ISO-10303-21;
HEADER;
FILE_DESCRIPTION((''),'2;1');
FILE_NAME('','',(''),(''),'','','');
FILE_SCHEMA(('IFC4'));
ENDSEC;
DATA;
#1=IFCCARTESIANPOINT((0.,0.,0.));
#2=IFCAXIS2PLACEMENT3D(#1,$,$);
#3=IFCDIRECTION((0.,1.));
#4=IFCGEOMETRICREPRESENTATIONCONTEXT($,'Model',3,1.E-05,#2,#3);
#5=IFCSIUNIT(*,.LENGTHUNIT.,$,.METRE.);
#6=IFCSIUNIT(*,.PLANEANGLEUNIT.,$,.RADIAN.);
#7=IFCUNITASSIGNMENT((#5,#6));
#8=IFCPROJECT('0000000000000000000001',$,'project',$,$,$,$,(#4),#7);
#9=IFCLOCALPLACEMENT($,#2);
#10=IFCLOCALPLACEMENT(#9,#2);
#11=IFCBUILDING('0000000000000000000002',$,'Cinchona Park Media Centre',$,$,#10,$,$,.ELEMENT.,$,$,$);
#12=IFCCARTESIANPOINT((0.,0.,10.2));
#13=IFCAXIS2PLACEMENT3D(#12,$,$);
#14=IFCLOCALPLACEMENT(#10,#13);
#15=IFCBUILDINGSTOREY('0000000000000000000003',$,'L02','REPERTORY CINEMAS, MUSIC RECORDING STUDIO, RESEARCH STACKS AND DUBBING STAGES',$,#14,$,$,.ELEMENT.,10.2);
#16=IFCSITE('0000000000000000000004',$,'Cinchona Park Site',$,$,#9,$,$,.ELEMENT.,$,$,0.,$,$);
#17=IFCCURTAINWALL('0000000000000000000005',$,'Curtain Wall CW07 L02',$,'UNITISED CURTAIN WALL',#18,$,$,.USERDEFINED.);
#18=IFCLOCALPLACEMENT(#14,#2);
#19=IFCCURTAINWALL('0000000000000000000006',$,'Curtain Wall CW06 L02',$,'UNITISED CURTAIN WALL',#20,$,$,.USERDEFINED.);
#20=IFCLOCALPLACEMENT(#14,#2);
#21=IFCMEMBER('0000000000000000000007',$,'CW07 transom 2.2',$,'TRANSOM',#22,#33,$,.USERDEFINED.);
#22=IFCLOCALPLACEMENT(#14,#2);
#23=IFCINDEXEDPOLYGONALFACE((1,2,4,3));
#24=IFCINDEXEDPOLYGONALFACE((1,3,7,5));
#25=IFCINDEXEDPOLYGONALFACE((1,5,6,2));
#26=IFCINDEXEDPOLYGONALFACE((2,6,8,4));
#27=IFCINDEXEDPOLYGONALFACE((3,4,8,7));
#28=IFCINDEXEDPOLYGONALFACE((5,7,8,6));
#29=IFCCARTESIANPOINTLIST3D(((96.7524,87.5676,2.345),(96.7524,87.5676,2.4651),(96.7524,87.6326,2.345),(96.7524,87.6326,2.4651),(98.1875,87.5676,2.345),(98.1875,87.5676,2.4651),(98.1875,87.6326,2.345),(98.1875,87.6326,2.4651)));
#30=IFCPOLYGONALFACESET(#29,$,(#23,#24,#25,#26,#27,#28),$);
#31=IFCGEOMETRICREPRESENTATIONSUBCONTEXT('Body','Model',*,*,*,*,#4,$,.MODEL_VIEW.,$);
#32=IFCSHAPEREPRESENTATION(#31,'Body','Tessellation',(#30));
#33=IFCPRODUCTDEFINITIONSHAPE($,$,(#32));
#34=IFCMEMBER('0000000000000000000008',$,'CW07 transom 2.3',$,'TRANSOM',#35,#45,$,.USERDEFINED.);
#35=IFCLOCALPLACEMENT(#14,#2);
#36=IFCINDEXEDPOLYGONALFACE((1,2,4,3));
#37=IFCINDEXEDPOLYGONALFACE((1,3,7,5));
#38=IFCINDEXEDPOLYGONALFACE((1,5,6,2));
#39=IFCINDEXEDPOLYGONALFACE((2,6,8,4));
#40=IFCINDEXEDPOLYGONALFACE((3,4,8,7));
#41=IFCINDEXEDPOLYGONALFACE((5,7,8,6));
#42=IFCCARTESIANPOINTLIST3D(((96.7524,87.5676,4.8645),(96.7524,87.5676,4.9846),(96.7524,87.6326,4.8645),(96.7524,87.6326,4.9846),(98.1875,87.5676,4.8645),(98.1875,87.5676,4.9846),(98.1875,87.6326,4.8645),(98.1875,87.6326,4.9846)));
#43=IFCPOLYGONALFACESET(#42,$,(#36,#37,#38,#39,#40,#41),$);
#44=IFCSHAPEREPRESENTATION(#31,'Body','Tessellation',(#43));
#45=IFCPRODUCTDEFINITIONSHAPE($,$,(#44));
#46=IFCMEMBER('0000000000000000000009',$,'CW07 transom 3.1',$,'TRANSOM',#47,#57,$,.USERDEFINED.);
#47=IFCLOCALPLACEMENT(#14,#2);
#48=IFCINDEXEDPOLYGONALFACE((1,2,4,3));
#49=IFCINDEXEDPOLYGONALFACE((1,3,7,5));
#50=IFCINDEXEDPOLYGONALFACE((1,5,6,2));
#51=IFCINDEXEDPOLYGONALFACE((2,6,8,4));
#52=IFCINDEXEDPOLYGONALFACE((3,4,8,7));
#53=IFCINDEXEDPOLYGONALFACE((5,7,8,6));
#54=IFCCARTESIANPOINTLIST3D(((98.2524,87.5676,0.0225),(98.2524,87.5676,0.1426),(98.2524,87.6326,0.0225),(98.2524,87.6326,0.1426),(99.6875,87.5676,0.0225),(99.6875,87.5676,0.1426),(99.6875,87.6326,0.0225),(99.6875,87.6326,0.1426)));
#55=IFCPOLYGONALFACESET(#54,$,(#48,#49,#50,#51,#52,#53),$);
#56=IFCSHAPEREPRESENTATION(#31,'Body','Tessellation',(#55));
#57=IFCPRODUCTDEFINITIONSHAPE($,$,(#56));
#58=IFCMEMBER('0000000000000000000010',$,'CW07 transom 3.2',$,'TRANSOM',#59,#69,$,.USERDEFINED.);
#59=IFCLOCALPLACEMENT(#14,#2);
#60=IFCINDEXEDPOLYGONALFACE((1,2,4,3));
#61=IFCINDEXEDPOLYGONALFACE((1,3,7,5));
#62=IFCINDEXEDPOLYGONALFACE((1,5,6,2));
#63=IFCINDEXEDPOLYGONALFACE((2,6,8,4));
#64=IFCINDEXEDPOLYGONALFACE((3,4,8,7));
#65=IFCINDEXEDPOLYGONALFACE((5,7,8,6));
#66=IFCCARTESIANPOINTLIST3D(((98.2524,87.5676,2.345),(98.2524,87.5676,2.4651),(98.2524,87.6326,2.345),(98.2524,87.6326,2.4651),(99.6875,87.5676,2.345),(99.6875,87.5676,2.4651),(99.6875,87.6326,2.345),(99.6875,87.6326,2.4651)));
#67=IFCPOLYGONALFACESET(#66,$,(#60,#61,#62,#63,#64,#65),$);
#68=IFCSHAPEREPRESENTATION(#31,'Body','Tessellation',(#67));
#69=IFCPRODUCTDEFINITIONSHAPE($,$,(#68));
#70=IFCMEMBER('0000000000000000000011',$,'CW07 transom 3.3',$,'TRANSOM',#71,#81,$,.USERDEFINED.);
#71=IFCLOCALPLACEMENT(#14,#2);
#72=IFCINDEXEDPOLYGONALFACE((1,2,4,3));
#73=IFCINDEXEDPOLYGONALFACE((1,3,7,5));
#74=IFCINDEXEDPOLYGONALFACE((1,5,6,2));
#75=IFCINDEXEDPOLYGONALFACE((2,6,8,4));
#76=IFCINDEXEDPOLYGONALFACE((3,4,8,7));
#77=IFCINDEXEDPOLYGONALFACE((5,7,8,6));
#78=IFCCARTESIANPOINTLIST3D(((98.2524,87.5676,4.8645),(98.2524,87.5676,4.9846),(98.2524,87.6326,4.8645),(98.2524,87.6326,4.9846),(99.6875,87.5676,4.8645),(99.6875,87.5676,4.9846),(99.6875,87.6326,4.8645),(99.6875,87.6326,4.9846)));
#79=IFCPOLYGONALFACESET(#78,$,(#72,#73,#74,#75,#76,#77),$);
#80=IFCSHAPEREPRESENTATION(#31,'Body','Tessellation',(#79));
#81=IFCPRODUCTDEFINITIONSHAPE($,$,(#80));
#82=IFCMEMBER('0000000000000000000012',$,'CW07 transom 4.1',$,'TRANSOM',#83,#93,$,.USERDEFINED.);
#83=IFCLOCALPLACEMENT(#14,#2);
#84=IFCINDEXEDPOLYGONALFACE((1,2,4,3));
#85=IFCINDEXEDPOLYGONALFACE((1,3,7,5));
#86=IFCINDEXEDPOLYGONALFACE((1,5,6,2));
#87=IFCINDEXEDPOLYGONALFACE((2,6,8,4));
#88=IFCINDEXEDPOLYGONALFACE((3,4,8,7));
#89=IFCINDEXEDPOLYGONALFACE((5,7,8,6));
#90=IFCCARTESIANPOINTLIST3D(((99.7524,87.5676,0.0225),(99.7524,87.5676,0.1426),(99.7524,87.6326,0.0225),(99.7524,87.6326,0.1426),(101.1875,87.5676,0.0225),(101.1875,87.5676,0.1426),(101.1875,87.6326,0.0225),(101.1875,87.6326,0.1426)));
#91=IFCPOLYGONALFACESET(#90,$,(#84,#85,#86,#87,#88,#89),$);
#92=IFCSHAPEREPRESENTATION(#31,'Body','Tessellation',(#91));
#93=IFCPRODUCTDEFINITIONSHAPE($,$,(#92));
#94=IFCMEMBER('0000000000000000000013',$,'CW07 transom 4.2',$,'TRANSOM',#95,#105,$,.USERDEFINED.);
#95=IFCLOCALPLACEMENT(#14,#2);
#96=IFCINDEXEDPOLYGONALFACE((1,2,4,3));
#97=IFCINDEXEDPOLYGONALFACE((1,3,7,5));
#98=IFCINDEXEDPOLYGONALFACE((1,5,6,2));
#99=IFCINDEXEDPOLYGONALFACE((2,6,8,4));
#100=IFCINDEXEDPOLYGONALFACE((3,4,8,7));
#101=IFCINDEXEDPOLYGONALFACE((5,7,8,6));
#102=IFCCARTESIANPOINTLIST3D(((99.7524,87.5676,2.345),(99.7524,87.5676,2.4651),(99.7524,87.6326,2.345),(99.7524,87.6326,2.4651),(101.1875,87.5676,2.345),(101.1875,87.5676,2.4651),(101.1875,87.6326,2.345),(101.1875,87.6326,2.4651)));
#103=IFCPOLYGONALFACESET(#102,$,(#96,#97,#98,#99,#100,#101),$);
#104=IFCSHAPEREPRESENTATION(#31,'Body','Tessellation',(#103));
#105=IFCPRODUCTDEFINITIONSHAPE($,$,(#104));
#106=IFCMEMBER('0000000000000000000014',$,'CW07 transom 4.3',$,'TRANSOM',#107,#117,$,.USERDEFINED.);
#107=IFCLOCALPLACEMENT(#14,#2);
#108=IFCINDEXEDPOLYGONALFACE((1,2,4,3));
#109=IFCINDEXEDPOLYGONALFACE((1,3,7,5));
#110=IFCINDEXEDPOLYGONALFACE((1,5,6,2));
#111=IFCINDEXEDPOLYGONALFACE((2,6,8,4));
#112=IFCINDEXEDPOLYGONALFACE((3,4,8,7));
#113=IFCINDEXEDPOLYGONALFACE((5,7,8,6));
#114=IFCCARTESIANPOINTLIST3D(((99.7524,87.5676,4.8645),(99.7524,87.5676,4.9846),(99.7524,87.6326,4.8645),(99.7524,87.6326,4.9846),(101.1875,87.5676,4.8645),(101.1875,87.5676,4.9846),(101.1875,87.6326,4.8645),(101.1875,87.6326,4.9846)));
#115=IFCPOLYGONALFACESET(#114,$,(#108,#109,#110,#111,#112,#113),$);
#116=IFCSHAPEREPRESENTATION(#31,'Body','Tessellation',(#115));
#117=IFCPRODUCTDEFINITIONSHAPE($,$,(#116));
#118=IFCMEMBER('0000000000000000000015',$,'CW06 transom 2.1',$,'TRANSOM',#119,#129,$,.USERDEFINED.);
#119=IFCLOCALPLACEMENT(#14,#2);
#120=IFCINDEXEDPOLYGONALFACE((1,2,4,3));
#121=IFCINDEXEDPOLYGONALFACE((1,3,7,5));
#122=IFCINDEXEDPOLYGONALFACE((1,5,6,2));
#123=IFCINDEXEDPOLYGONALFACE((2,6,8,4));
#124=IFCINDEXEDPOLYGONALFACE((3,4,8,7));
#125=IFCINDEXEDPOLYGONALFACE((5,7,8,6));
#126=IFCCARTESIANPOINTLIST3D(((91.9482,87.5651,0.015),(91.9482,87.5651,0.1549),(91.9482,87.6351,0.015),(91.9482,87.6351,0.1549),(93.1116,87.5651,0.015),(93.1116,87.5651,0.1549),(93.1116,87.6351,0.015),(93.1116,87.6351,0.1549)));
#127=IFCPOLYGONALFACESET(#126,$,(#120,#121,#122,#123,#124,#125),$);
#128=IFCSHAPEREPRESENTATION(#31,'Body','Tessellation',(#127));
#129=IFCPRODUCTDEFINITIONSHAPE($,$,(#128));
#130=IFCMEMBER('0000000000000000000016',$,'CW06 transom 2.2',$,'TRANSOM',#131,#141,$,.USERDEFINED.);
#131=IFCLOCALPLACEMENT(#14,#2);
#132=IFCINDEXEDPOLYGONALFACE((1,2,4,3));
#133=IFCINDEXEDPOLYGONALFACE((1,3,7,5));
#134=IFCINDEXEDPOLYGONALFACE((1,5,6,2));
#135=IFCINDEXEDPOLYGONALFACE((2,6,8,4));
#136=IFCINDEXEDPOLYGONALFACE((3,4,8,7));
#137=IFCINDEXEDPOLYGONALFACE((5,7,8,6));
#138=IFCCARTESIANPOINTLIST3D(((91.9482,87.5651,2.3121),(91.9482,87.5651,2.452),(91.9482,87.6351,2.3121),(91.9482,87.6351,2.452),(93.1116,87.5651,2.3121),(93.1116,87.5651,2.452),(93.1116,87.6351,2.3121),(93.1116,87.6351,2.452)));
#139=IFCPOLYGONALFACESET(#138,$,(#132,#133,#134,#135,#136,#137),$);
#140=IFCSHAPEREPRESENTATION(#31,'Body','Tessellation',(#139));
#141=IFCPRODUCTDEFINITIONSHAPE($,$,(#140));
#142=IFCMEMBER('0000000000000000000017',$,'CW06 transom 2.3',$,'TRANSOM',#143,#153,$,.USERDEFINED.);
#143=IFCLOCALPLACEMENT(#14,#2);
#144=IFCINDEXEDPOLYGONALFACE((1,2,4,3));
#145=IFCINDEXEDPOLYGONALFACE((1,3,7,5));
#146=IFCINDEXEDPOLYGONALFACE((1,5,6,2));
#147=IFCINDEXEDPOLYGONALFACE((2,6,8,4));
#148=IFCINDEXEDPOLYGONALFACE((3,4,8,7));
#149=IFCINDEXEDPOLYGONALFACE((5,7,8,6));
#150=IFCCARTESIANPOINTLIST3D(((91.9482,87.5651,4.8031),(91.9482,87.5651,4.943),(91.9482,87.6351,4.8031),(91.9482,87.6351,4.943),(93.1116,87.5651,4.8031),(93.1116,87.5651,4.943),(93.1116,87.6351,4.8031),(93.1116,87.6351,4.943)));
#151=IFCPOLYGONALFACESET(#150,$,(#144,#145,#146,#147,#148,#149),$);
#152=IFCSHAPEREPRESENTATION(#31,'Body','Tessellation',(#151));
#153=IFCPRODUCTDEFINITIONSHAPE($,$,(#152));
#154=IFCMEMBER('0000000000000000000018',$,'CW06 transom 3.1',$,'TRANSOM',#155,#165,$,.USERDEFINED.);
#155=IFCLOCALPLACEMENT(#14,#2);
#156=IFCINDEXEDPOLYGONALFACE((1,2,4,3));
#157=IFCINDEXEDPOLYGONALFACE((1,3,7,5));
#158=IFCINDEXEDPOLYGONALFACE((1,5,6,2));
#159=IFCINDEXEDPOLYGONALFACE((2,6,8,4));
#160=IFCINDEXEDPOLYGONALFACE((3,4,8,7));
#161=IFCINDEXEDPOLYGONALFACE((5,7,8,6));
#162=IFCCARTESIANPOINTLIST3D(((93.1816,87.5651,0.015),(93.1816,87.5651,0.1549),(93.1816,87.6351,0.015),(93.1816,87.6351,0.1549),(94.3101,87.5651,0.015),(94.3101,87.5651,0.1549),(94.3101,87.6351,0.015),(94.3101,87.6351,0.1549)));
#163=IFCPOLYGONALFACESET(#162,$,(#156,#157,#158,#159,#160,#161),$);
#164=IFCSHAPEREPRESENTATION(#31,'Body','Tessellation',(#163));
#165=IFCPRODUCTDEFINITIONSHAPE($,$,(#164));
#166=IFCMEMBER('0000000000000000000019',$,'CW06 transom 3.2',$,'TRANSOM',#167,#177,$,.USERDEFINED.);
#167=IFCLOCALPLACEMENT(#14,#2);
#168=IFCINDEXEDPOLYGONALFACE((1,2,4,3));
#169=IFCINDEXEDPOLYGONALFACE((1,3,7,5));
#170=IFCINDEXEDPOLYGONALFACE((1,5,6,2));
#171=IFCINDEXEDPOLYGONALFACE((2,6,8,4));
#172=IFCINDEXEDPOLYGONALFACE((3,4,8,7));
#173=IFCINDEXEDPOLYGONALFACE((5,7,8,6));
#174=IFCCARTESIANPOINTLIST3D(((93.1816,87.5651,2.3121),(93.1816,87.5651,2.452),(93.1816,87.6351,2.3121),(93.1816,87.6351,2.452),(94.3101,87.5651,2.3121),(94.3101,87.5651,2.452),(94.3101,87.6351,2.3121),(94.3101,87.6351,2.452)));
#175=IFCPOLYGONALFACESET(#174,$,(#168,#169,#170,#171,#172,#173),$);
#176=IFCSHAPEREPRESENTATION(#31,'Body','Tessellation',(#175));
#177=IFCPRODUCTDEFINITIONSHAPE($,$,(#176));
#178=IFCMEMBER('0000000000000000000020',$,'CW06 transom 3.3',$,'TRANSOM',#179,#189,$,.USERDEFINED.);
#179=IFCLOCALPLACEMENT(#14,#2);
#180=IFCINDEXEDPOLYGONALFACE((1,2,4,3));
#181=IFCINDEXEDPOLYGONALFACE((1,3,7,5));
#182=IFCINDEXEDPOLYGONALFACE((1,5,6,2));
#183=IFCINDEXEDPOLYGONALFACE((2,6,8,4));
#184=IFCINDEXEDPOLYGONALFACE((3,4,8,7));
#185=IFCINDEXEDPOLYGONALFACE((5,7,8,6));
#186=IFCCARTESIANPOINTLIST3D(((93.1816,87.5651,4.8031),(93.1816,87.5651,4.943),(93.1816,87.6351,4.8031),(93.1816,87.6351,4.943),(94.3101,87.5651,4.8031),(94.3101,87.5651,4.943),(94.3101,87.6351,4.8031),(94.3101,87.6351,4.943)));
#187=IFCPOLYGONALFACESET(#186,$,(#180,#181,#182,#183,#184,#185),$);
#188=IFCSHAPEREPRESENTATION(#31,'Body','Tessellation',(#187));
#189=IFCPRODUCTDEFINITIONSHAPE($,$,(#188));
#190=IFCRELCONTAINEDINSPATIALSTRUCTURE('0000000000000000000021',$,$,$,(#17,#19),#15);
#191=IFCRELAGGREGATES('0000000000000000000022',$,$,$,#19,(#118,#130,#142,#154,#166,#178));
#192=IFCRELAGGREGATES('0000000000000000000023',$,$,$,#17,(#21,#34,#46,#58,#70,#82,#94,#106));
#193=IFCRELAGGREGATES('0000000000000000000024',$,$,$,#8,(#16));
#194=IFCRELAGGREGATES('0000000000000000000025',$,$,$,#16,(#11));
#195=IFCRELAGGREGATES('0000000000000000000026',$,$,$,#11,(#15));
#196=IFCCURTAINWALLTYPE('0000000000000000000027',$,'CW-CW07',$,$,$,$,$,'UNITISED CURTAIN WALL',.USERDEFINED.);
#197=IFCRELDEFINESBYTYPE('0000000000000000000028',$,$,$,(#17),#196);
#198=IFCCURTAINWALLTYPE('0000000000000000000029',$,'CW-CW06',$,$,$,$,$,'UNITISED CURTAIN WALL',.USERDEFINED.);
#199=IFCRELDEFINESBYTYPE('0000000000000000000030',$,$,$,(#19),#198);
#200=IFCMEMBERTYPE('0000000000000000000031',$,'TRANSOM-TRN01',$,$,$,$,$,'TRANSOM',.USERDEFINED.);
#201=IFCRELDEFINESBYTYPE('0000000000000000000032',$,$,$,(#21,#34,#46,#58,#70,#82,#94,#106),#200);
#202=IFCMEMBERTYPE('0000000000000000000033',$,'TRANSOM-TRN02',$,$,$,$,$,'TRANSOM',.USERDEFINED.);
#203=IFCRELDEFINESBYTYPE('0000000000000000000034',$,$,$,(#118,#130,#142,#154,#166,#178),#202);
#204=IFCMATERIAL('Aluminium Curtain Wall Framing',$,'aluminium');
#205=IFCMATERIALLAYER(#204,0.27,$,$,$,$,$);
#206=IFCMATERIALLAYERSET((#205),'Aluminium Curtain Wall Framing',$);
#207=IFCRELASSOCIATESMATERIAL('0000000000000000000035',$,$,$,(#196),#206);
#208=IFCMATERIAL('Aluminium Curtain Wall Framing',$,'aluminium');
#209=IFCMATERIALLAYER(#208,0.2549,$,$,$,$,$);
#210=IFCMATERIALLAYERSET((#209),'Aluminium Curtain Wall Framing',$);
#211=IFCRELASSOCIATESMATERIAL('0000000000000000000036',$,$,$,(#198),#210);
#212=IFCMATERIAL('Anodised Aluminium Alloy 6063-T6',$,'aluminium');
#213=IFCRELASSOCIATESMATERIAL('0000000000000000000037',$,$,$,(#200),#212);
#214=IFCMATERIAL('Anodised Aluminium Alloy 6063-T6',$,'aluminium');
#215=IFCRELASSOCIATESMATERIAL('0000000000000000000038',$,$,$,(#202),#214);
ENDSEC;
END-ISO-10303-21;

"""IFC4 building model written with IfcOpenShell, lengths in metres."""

from ifc_helpers import new_model, si_unit, direction, frame, origin, origin_2d, place, context, subcontext, project, spatial, rectangle, extrude, material, layer, layer_set, material_profile, profile_set, type_object, element, aggregate, save


model = new_model("IFC4")

# Units and contexts
model_context = context("Model", 3, precision=1e-05, world=origin(), true_north=direction((0.0, 1.0)))
body_context = subcontext(model_context, "Body", "Model", "MODEL_VIEW")
ifc_project = project(units=[si_unit("LENGTHUNIT", "METRE"), si_unit("PLANEANGLEUNIT", "RADIAN")], contexts=[model_context])

# Site, building, storey
site_placement = place(None, origin())
site = spatial("IfcSite", under=ifc_project, at=site_placement, Name="Cinchona Park Site", CompositionType="ELEMENT", RefElevation=0.0)
building_placement = place(site_placement, origin())
building = spatial("IfcBuilding", under=site, at=building_placement, Name="Cinchona Park Media Centre", CompositionType="ELEMENT")
storey_placement = place(building_placement, frame((0.0, 0.0, 10.2)))
storey = spatial("IfcBuildingStorey", under=building, at=storey_placement, Name="L02", Description="REPERTORY CINEMAS, MUSIC RECORDING STUDIO, RESEARCH STACKS AND DUBBING STAGES", CompositionType="ELEMENT", Elevation=10.2)

# Curtain walls
ifc_material_1 = material(Name="Aluminium Curtain Wall Framing", Category="aluminium")
ifc_layer_1 = layer(ifc_material_1, 0.27)
ifc_layer_set_1 = layer_set([ifc_layer_1], Name="Aluminium Curtain Wall Framing")
curtain_wall_type_1 = type_object("IfcCurtainWallType", Name="CW-CW07", ElementType="UNITISED CURTAIN WALL", PredefinedType="USERDEFINED", material=ifc_layer_set_1)
curtain_wall_1_placement = place(storey_placement, origin())
curtain_wall_1 = element("IfcCurtainWall", 1, at=curtain_wall_1_placement, inside=storey, type_object=curtain_wall_type_1, Name="Curtain Wall CW07 L02", ObjectType="UNITISED CURTAIN WALL", PredefinedType="USERDEFINED")
ifc_material_2 = material(Name="Aluminium Curtain Wall Framing", Category="aluminium")
ifc_layer_2 = layer(ifc_material_2, 0.2549)
ifc_layer_set_2 = layer_set([ifc_layer_2], Name="Aluminium Curtain Wall Framing")
curtain_wall_type_2 = type_object("IfcCurtainWallType", Name="CW-CW06", ElementType="UNITISED CURTAIN WALL", PredefinedType="USERDEFINED", material=ifc_layer_set_2)
curtain_wall_2_placement = place(storey_placement, origin())
curtain_wall_2 = element("IfcCurtainWall", 2, at=curtain_wall_2_placement, inside=storey, type_object=curtain_wall_type_2, Name="Curtain Wall CW06 L02", ObjectType="UNITISED CURTAIN WALL", PredefinedType="USERDEFINED")

# Members
ifc_material_3 = material(Name="Anodised Aluminium Alloy 6063-T6", Category="aluminium")
ifc_material_profile_1 = material_profile(ifc_material_3, rectangle(XDim=0.0649, YDim=0.1201, at=origin_2d()), Name="TRN-65X120")
ifc_profile_set_1 = profile_set([ifc_material_profile_1], Name="Anodised Aluminium Alloy 6063-T6")
member_type_1 = type_object("IfcMemberType", Name="TRANSOM-TRN01", ElementType="TRANSOM", PredefinedType="USERDEFINED", material=ifc_profile_set_1)
member_1_placement = place(storey_placement, frame((96.7524, 87.6001, 2.405), z_axis=(1.0, 0.0, 0.0), x_axis=(0.0, 1.0, 0.0)))
member_1 = element("IfcMember", 3, at=member_1_placement, type_object=member_type_1, Name="CW07 transom 2.2", ObjectType="TRANSOM", PredefinedType="USERDEFINED", context=body_context, shape_type="SweptSolid", body=[
    extrude(rectangle(XDim=0.0649, YDim=0.1201, at=origin_2d()), origin(), (0.0, 0.0, 1.0), 1.4351),
])
member_2_placement = place(storey_placement, frame((96.7524, 87.6001, 4.9246), z_axis=(1.0, 0.0, 0.0), x_axis=(0.0, 1.0, 0.0)))
member_2 = element("IfcMember", 4, at=member_2_placement, type_object=member_type_1, Name="CW07 transom 2.3", ObjectType="TRANSOM", PredefinedType="USERDEFINED", context=body_context, shape_type="SweptSolid", body=[
    extrude(rectangle(XDim=0.0649, YDim=0.1201, at=origin_2d()), origin(), (0.0, 0.0, 1.0), 1.4351),
])
member_3_placement = place(storey_placement, frame((98.2524, 87.6001, 0.0825), z_axis=(1.0, 0.0, 0.0), x_axis=(0.0, 1.0, 0.0)))
member_3 = element("IfcMember", 5, at=member_3_placement, type_object=member_type_1, Name="CW07 transom 3.1", ObjectType="TRANSOM", PredefinedType="USERDEFINED", context=body_context, shape_type="SweptSolid", body=[
    extrude(rectangle(XDim=0.0649, YDim=0.1201, at=origin_2d()), origin(), (0.0, 0.0, 1.0), 1.4351),
])
member_4_placement = place(storey_placement, frame((98.2524, 87.6001, 2.405), z_axis=(1.0, 0.0, 0.0), x_axis=(0.0, 1.0, 0.0)))
member_4 = element("IfcMember", 6, at=member_4_placement, type_object=member_type_1, Name="CW07 transom 3.2", ObjectType="TRANSOM", PredefinedType="USERDEFINED", context=body_context, shape_type="SweptSolid", body=[
    extrude(rectangle(XDim=0.0649, YDim=0.1201, at=origin_2d()), origin(), (0.0, 0.0, 1.0), 1.4351),
])
member_5_placement = place(storey_placement, frame((98.2524, 87.6001, 4.9246), z_axis=(1.0, 0.0, 0.0), x_axis=(0.0, 1.0, 0.0)))
member_5 = element("IfcMember", 7, at=member_5_placement, type_object=member_type_1, Name="CW07 transom 3.3", ObjectType="TRANSOM", PredefinedType="USERDEFINED", context=body_context, shape_type="SweptSolid", body=[
    extrude(rectangle(XDim=0.0649, YDim=0.1201, at=origin_2d()), origin(), (0.0, 0.0, 1.0), 1.4351),
])
member_6_placement = place(storey_placement, frame((99.7524, 87.6001, 0.0825), z_axis=(1.0, 0.0, 0.0), x_axis=(0.0, 1.0, 0.0)))
member_6 = element("IfcMember", 8, at=member_6_placement, type_object=member_type_1, Name="CW07 transom 4.1", ObjectType="TRANSOM", PredefinedType="USERDEFINED", context=body_context, shape_type="SweptSolid", body=[
    extrude(rectangle(XDim=0.0649, YDim=0.1201, at=origin_2d()), origin(), (0.0, 0.0, 1.0), 1.4351),
])
member_7_placement = place(storey_placement, frame((99.7524, 87.6001, 2.405), z_axis=(1.0, 0.0, 0.0), x_axis=(0.0, 1.0, 0.0)))
member_7 = element("IfcMember", 9, at=member_7_placement, type_object=member_type_1, Name="CW07 transom 4.2", ObjectType="TRANSOM", PredefinedType="USERDEFINED", context=body_context, shape_type="SweptSolid", body=[
    extrude(rectangle(XDim=0.0649, YDim=0.1201, at=origin_2d()), origin(), (0.0, 0.0, 1.0), 1.4351),
])
member_8_placement = place(storey_placement, frame((99.7524, 87.6001, 4.9246), z_axis=(1.0, 0.0, 0.0), x_axis=(0.0, 1.0, 0.0)))
member_8 = element("IfcMember", 10, at=member_8_placement, type_object=member_type_1, Name="CW07 transom 4.3", ObjectType="TRANSOM", PredefinedType="USERDEFINED", context=body_context, shape_type="SweptSolid", body=[
    extrude(rectangle(XDim=0.0649, YDim=0.1201, at=origin_2d()), origin(), (0.0, 0.0, 1.0), 1.4351),
])
ifc_material_4 = material(Name="Anodised Aluminium Alloy 6063-T6", Category="aluminium")
ifc_material_profile_2 = material_profile(ifc_material_4, rectangle(XDim=0.0701, YDim=0.1399, at=origin_2d()), Name="TRN-70X140")
ifc_profile_set_2 = profile_set([ifc_material_profile_2], Name="Anodised Aluminium Alloy 6063-T6")
member_type_2 = type_object("IfcMemberType", Name="TRANSOM-TRN02", ElementType="TRANSOM", PredefinedType="USERDEFINED", material=ifc_profile_set_2)
member_9_placement = place(storey_placement, frame((91.9482, 87.6001, 0.085), z_axis=(1.0, 0.0, 0.0), x_axis=(0.0, 1.0, 0.0)))
member_9 = element("IfcMember", 11, at=member_9_placement, type_object=member_type_2, Name="CW06 transom 2.1", ObjectType="TRANSOM", PredefinedType="USERDEFINED", context=body_context, shape_type="SweptSolid", body=[
    extrude(rectangle(XDim=0.0701, YDim=0.1399, at=origin_2d()), origin(), (0.0, 0.0, 1.0), 1.1633),
])
member_10_placement = place(storey_placement, frame((91.9482, 87.6001, 2.3821), z_axis=(1.0, 0.0, 0.0), x_axis=(0.0, 1.0, 0.0)))
member_10 = element("IfcMember", 12, at=member_10_placement, type_object=member_type_2, Name="CW06 transom 2.2", ObjectType="TRANSOM", PredefinedType="USERDEFINED", context=body_context, shape_type="SweptSolid", body=[
    extrude(rectangle(XDim=0.0701, YDim=0.1399, at=origin_2d()), origin(), (0.0, 0.0, 1.0), 1.1633),
])
member_11_placement = place(storey_placement, frame((91.9482, 87.6001, 4.873), z_axis=(1.0, 0.0, 0.0), x_axis=(0.0, 1.0, 0.0)))
member_11 = element("IfcMember", 13, at=member_11_placement, type_object=member_type_2, Name="CW06 transom 2.3", ObjectType="TRANSOM", PredefinedType="USERDEFINED", context=body_context, shape_type="SweptSolid", body=[
    extrude(rectangle(XDim=0.0701, YDim=0.1399, at=origin_2d()), origin(), (0.0, 0.0, 1.0), 1.1633),
])
member_12_placement = place(storey_placement, frame((93.1816, 87.6001, 0.085), z_axis=(1.0, 0.0, 0.0), x_axis=(0.0, 1.0, 0.0)))
member_12 = element("IfcMember", 14, at=member_12_placement, type_object=member_type_2, Name="CW06 transom 3.1", ObjectType="TRANSOM", PredefinedType="USERDEFINED", context=body_context, shape_type="SweptSolid", body=[
    extrude(rectangle(XDim=0.0701, YDim=0.1399, at=origin_2d()), origin(), (0.0, 0.0, 1.0), 1.1284),
])
member_13_placement = place(storey_placement, frame((93.1816, 87.6001, 2.3821), z_axis=(1.0, 0.0, 0.0), x_axis=(0.0, 1.0, 0.0)))
member_13 = element("IfcMember", 15, at=member_13_placement, type_object=member_type_2, Name="CW06 transom 3.2", ObjectType="TRANSOM", PredefinedType="USERDEFINED", context=body_context, shape_type="SweptSolid", body=[
    extrude(rectangle(XDim=0.0701, YDim=0.1399, at=origin_2d()), origin(), (0.0, 0.0, 1.0), 1.1284),
])
member_14_placement = place(storey_placement, frame((93.1816, 87.6001, 4.873), z_axis=(1.0, 0.0, 0.0), x_axis=(0.0, 1.0, 0.0)))
member_14 = element("IfcMember", 16, at=member_14_placement, type_object=member_type_2, Name="CW06 transom 3.3", ObjectType="TRANSOM", PredefinedType="USERDEFINED", context=body_context, shape_type="SweptSolid", body=[
    extrude(rectangle(XDim=0.0701, YDim=0.1399, at=origin_2d()), origin(), (0.0, 0.0, 1.0), 1.1284),
])

aggregate(curtain_wall_2, [member_9, member_10, member_11, member_12, member_13, member_14])
aggregate(curtain_wall_1, [member_1, member_2, member_3, member_4, member_5, member_6, member_7, member_8])

save(model, "model.ifc")
